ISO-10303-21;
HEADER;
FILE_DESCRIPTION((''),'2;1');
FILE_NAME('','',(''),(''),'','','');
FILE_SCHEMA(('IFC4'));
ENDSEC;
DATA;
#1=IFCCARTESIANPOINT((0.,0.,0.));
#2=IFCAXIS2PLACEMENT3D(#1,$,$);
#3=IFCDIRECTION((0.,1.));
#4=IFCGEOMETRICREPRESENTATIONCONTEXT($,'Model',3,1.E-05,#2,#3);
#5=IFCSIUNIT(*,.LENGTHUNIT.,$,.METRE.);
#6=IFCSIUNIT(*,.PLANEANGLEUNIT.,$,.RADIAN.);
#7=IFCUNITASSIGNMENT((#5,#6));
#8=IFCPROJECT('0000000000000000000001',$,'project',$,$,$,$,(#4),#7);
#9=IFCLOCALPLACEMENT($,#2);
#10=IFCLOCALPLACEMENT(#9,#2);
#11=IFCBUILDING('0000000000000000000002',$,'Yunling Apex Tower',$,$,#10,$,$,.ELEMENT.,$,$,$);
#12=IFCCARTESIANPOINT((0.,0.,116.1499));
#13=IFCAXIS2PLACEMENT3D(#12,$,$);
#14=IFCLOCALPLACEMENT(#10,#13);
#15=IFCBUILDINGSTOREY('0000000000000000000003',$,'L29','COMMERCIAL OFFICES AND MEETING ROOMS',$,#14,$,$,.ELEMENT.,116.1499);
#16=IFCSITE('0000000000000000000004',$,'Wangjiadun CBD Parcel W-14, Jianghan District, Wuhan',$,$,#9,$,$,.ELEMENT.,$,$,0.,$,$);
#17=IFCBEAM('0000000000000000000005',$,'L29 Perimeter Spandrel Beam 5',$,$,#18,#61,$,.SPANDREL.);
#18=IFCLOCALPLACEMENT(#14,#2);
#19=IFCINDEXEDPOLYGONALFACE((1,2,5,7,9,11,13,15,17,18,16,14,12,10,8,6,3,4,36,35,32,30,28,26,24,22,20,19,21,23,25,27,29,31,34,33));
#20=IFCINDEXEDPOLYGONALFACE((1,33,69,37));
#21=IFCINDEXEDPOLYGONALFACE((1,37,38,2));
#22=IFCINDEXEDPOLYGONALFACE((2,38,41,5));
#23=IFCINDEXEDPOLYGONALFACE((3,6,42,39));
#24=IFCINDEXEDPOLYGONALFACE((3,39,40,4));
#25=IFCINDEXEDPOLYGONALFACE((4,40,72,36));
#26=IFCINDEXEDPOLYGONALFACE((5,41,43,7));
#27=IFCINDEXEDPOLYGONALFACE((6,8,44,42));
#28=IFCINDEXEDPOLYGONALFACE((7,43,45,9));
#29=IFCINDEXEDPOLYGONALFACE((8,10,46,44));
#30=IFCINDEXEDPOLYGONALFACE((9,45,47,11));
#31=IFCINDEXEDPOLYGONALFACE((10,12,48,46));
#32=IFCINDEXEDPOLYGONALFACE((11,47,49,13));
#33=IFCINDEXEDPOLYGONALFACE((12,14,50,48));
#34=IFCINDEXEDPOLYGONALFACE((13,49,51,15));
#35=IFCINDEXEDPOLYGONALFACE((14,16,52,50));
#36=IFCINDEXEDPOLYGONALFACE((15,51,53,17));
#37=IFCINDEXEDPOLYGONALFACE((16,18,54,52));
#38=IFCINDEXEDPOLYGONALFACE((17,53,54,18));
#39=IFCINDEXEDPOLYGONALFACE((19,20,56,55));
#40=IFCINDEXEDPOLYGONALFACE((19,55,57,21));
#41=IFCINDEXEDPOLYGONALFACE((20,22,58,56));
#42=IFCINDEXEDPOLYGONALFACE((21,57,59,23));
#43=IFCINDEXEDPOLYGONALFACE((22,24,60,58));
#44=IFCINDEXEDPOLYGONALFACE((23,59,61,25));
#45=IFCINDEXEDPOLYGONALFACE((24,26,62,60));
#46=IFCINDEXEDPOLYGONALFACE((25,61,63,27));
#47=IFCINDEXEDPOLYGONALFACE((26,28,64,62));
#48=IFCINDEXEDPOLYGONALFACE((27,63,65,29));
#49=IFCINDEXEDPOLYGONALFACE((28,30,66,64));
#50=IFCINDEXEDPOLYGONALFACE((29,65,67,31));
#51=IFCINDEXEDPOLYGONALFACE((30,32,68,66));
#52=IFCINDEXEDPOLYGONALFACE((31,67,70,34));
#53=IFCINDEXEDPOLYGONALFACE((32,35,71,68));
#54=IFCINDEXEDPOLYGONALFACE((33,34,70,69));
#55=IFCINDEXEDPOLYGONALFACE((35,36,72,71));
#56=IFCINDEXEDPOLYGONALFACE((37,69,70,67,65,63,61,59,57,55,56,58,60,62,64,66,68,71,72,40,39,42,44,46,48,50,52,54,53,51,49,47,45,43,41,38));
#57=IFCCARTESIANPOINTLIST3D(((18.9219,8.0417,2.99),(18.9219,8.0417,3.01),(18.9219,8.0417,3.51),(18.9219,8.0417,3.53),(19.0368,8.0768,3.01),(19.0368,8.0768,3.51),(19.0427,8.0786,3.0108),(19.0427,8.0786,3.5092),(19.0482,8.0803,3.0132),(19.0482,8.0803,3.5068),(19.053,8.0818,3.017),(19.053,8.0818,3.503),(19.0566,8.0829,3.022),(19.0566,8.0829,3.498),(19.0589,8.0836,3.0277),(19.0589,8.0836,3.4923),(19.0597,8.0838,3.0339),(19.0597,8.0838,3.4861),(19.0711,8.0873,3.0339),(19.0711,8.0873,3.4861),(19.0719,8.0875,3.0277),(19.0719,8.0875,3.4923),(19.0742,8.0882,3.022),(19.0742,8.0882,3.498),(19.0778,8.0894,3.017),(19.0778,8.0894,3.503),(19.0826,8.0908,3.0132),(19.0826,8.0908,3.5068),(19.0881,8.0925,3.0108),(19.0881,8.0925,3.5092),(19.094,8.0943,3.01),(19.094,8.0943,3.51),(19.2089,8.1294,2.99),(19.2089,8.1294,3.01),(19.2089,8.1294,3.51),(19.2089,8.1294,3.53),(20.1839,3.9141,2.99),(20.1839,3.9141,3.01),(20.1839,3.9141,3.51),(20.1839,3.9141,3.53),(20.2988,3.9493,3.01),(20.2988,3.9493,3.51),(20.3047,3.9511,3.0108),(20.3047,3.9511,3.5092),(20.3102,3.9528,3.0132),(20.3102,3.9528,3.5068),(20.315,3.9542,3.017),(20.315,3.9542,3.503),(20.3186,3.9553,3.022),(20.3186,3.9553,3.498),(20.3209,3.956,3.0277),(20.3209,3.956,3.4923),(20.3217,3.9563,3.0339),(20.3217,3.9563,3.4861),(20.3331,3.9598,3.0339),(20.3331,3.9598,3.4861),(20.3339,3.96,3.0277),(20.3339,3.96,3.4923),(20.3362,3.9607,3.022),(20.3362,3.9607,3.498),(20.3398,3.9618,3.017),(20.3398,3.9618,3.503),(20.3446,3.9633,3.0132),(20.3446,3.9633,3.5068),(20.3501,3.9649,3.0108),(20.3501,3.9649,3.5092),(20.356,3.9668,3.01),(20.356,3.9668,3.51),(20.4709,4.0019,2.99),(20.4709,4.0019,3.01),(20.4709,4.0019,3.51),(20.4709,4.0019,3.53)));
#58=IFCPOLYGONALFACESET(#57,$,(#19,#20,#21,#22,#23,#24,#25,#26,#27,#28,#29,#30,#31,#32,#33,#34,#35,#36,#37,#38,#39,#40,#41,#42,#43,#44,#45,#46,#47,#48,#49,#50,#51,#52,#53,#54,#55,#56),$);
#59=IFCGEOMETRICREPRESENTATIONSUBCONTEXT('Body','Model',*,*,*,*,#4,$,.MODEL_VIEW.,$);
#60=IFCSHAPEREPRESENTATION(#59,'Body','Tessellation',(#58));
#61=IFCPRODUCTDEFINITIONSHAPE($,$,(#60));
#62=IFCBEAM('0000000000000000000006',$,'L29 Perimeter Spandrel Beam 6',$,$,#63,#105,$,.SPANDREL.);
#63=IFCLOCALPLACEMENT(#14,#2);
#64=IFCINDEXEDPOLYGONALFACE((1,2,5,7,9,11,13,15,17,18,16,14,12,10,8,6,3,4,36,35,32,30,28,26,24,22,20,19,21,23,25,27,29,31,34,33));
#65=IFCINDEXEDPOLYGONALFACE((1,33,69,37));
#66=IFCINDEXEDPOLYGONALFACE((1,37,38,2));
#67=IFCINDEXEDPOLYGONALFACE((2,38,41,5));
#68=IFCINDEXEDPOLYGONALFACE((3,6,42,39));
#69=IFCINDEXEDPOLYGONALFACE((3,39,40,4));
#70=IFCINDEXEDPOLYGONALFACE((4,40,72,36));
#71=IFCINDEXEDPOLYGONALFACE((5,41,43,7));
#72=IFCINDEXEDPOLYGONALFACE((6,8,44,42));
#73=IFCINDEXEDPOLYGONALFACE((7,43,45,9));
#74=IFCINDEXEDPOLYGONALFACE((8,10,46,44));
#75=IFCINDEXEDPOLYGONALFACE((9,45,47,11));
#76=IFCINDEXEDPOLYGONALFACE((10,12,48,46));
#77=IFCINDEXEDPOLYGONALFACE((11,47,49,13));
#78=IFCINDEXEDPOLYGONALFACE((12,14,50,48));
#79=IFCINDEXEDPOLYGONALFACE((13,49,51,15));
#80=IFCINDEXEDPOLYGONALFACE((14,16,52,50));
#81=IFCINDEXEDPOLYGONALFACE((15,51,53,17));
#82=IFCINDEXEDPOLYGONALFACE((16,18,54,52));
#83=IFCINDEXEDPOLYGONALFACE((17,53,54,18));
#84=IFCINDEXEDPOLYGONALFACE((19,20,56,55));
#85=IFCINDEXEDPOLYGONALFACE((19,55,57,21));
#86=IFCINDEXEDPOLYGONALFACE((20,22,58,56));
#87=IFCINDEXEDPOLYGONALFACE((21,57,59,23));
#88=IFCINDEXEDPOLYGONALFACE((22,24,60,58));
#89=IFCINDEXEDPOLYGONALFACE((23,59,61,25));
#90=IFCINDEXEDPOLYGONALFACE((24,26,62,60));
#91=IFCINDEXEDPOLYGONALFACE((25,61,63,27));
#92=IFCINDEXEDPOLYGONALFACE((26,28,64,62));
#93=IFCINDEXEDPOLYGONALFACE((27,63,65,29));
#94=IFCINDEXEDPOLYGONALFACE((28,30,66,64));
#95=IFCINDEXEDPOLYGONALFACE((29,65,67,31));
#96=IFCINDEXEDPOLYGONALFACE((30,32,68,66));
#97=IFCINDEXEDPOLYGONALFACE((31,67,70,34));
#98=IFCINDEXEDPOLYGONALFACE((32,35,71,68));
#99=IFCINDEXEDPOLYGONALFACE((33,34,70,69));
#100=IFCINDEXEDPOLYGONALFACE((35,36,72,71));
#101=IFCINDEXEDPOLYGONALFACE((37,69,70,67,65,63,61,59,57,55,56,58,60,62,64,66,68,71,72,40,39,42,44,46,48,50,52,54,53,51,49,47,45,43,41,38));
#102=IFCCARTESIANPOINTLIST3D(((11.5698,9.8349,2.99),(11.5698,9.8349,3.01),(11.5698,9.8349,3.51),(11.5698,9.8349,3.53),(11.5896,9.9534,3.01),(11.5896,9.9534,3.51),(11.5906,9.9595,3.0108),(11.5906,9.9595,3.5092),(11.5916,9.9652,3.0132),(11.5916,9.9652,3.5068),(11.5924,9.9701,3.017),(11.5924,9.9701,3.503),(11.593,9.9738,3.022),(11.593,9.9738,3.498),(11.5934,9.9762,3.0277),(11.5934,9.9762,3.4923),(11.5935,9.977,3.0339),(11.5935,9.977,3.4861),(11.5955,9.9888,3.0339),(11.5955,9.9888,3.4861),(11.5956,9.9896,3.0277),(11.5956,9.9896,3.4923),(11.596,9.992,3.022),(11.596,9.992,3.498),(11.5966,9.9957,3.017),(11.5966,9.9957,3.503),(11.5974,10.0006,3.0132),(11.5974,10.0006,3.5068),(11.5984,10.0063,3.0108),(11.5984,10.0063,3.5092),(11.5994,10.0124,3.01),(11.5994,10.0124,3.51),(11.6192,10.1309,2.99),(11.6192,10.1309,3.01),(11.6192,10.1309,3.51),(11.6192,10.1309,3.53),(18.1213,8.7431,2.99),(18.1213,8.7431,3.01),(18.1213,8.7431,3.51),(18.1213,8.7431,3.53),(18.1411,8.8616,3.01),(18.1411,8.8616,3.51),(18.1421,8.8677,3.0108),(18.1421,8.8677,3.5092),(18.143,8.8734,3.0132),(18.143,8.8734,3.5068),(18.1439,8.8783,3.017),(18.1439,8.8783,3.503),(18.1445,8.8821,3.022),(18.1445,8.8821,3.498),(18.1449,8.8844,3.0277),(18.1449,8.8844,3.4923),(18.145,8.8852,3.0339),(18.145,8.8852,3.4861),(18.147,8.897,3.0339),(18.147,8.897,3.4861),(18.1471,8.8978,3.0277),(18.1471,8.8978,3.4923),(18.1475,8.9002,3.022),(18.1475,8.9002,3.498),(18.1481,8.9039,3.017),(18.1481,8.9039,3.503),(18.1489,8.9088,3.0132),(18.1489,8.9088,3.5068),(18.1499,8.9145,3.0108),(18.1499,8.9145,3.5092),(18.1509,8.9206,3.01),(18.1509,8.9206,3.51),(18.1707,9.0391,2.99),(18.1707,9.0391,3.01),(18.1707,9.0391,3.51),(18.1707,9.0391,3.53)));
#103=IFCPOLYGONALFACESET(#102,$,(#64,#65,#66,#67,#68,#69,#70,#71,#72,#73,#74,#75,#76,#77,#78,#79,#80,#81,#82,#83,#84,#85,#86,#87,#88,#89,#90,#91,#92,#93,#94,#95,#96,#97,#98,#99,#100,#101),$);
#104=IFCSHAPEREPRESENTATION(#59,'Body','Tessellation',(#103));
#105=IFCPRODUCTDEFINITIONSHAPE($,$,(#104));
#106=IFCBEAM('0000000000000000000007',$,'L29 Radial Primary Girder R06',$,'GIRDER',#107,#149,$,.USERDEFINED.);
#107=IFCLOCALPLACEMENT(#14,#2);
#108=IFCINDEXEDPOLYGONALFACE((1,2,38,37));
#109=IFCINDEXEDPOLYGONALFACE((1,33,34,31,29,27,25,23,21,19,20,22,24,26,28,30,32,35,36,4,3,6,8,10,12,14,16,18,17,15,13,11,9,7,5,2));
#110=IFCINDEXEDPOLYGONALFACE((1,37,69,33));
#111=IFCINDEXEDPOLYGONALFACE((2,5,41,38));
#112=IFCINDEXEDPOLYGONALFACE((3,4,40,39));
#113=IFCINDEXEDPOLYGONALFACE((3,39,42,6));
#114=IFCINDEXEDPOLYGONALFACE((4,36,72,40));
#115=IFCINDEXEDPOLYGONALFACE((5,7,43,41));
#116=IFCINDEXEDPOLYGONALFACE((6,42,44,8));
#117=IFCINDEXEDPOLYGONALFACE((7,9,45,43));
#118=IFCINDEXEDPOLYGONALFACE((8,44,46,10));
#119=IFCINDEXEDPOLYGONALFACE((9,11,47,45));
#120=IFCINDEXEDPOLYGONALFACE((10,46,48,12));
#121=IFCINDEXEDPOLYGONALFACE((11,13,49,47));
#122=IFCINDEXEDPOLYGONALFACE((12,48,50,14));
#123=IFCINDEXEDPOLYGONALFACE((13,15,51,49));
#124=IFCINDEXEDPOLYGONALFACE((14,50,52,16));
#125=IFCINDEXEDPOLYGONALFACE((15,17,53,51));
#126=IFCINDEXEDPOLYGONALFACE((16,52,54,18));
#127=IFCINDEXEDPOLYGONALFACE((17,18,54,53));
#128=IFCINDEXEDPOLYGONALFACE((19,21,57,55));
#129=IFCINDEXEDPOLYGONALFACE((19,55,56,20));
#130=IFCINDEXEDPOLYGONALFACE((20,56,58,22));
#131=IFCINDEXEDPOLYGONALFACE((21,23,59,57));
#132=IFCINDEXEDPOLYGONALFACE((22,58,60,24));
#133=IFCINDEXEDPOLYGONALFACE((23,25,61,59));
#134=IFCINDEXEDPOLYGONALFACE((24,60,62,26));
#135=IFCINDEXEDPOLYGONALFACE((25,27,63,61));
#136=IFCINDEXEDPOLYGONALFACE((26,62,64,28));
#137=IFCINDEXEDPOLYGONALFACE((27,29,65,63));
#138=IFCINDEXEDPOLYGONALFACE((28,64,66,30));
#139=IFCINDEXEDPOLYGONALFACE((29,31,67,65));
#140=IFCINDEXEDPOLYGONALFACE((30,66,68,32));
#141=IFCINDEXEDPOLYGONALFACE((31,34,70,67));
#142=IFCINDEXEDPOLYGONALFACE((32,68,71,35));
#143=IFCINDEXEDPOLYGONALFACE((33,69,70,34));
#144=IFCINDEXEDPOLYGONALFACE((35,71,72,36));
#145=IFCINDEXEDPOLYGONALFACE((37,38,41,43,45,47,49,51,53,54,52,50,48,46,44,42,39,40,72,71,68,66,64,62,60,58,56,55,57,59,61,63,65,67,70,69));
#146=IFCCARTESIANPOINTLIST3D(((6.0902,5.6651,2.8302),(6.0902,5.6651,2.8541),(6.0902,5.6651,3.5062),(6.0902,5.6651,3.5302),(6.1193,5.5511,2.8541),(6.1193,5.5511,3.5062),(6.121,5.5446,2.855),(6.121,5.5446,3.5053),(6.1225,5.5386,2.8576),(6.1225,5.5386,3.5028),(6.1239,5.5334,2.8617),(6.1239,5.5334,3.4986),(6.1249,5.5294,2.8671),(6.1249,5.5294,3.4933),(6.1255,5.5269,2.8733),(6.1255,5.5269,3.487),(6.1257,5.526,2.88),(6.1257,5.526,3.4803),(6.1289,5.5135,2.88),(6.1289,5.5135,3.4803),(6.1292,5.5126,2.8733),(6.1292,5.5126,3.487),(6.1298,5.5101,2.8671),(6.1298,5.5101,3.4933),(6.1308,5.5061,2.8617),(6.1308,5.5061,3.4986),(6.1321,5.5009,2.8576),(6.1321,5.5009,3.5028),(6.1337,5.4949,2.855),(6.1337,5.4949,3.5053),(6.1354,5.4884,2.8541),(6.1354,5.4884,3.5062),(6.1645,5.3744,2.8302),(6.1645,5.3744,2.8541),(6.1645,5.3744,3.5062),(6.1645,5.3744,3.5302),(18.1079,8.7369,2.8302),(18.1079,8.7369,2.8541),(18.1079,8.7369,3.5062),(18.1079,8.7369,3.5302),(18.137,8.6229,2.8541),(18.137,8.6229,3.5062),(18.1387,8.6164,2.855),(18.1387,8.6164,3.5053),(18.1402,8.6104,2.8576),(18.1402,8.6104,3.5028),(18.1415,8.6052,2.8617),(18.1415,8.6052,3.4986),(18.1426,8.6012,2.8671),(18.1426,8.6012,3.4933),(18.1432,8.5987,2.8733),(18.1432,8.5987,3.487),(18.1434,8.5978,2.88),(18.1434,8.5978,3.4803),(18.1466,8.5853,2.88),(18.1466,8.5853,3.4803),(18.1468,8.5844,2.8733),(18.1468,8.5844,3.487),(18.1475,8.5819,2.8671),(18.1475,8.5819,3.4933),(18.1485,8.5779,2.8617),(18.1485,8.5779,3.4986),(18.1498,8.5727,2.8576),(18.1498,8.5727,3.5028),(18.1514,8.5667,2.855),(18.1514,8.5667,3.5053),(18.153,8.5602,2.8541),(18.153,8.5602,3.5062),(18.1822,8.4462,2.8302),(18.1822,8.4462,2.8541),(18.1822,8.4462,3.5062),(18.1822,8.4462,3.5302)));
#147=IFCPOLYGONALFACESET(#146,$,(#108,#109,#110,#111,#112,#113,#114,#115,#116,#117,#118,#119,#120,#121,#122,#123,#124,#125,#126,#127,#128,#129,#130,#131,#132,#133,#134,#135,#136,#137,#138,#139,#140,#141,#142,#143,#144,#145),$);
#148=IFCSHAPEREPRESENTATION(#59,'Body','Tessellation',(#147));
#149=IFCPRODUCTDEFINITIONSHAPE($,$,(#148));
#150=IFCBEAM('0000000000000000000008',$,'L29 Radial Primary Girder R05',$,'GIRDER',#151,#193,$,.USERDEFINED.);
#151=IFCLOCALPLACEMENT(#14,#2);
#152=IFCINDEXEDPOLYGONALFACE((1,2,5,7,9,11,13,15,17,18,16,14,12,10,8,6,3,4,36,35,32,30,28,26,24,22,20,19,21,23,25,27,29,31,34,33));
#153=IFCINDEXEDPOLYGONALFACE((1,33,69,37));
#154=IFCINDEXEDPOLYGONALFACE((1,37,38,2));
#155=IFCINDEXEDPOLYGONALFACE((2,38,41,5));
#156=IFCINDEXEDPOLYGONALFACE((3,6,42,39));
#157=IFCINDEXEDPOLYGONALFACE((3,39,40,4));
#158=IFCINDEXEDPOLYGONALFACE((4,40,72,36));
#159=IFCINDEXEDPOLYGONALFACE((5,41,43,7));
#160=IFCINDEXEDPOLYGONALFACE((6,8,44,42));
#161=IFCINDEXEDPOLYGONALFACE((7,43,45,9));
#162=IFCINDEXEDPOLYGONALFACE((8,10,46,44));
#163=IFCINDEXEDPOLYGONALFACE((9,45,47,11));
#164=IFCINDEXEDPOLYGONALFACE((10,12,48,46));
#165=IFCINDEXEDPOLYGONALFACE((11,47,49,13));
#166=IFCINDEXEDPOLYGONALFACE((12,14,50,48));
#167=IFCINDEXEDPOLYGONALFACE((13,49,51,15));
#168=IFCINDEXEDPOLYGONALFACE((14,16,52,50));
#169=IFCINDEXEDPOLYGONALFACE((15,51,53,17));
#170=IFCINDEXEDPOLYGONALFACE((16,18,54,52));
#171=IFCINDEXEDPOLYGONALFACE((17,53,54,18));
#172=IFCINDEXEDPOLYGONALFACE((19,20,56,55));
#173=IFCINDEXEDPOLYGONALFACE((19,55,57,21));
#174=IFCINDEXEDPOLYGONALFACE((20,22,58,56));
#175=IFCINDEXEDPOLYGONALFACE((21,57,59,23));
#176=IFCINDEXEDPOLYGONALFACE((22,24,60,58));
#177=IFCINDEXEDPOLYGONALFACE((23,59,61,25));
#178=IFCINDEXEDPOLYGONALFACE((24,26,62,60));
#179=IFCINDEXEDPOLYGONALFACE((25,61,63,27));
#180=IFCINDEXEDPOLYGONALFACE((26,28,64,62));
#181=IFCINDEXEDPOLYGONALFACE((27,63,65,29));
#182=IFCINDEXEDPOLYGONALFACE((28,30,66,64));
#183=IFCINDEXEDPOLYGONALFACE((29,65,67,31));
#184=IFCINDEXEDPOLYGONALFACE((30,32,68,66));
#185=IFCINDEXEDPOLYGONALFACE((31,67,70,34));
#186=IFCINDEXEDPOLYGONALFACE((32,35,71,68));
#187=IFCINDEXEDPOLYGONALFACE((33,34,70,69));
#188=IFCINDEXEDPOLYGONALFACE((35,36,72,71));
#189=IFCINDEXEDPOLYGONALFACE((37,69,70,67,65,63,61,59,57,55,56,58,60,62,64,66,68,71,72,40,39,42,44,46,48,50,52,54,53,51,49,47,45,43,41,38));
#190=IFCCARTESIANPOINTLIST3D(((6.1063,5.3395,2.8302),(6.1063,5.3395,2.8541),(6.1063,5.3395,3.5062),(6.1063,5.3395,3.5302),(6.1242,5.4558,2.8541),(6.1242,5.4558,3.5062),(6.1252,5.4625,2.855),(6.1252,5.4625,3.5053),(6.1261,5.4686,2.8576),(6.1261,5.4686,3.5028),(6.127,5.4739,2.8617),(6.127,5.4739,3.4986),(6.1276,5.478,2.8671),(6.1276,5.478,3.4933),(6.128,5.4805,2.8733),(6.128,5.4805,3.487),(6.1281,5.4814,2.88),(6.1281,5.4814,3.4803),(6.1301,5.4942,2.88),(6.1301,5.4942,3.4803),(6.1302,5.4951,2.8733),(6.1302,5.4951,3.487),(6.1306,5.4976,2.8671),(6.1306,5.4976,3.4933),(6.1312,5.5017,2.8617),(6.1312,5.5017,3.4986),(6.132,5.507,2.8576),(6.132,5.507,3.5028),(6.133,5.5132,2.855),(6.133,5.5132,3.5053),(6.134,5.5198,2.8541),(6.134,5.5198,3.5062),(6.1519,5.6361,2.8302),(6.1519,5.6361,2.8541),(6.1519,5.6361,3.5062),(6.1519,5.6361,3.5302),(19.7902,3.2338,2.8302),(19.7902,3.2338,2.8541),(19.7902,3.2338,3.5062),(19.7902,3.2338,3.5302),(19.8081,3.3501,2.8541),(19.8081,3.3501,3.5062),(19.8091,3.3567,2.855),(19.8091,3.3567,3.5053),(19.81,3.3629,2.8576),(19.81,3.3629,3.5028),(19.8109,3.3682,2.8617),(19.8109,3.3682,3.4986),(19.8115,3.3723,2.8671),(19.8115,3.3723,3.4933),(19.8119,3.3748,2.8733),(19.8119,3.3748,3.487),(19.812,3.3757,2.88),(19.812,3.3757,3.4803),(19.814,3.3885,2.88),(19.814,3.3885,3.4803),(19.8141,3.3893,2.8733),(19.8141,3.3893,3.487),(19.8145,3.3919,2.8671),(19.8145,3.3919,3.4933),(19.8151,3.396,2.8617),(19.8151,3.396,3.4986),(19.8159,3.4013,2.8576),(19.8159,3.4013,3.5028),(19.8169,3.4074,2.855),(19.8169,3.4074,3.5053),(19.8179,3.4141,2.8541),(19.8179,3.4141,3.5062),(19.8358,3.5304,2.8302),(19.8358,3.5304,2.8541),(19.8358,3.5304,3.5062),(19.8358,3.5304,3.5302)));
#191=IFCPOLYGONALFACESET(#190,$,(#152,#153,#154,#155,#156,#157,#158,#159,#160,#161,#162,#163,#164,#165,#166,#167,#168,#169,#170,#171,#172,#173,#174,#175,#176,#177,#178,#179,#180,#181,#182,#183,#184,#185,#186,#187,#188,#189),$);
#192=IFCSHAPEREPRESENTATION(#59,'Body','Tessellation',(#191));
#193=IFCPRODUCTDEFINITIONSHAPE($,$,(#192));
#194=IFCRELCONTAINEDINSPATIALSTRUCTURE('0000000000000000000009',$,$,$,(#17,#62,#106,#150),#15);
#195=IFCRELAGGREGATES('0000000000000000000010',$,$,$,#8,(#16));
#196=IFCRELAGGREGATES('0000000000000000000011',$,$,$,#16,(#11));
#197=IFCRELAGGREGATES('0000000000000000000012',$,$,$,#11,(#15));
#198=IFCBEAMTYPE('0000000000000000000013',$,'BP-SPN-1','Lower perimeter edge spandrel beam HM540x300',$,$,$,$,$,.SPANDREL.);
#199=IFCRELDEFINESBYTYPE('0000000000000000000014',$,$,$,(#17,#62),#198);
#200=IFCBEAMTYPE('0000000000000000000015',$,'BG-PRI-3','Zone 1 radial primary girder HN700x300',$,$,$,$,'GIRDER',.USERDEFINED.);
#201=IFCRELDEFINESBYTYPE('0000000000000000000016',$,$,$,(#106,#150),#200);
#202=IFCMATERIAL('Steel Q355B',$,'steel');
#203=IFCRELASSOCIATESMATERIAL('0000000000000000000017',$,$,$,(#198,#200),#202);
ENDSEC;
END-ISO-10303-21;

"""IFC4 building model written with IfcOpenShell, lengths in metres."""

from ifc_helpers import new_model, si_unit, direction, frame, origin, origin_2d, place, context, subcontext, project, spatial, i_section, extrude, source, transform, mapped, material, material_profile, profile_set, type_object, element, save


model = new_model("IFC4")

# Units and contexts
model_context = context("Model", 3, precision=1e-05, world=origin(), true_north=direction((0.0, 1.0)))
body_context = subcontext(model_context, "Body", "Model", "MODEL_VIEW")
ifc_project = project(units=[si_unit("LENGTHUNIT", "METRE"), si_unit("PLANEANGLEUNIT", "RADIAN")], contexts=[model_context])

# Site, building, storey
site_placement = place(None, origin())
site = spatial("IfcSite", under=ifc_project, at=site_placement, Name="Wangjiadun CBD Parcel W-14, Jianghan District, Wuhan", CompositionType="ELEMENT", RefElevation=0.0)
building_placement = place(site_placement, origin())
building = spatial("IfcBuilding", under=site, at=building_placement, Name="Yunling Apex Tower", CompositionType="ELEMENT")
storey_placement = place(building_placement, frame((0.0, 0.0, 116.1499)))
storey = spatial("IfcBuildingStorey", under=building, at=storey_placement, Name="L29", Description="COMMERCIAL OFFICES AND MEETING ROOMS", CompositionType="ELEMENT", Elevation=116.1499)

# Beams
ifc_material_1 = material(Name="Steel Q355B", Category="steel")
ifc_material_profile_1 = material_profile(ifc_material_1, i_section(OverallWidth=0.3, OverallDepth=0.54, WebThickness=0.012, FlangeThickness=0.02, FilletRadius=0.0239, at=origin_2d()))
ifc_profile_set_1 = profile_set([ifc_material_profile_1], Name="Steel Q355B")
beam_type_1 = type_object("IfcBeamType", Name="BP-SPN-1", Description="Lower perimeter edge spandrel beam HM540x300", PredefinedType="SPANDREL", material=ifc_profile_set_1)
shared_shape_1 = source(origin(), body_context, "Body", "SweptSolid", [
    extrude(i_section(OverallWidth=0.3, OverallDepth=0.54, WebThickness=0.012, FlangeThickness=0.02, FilletRadius=0.0239, at=origin_2d()), origin(), (0.0, 0.0, 1.0), 4.3162),
])
beam_1_placement = place(storey_placement, frame((20.3274, 3.958, 3.26), z_axis=(-0.292388, 0.9563, 0.0), x_axis=(-0.9563, -0.292388, 0.0)))
element("IfcBeam", 1, at=beam_1_placement, inside=storey, type_object=beam_type_1, Name="L29 Perimeter Spandrel Beam 5", PredefinedType="SPANDREL", context=body_context, shape_type="MappedRepresentation", body=[
    mapped(shared_shape_1, transform((0.0, 0.0, 0.0), scale=1.0)),
])
shared_shape_2 = source(origin(), body_context, "Body", "SweptSolid", [
    extrude(i_section(OverallWidth=0.3, OverallDepth=0.54, WebThickness=0.012, FlangeThickness=0.02, FilletRadius=0.0239, at=origin_2d()), origin(), (0.0, 0.0, 1.0), 6.6418),
])
beam_2_placement = place(storey_placement, frame((18.146, 8.8911, 3.26), z_axis=(-0.986397, 0.164381, 0.0), x_axis=(-0.164381, -0.986397, 0.0)))
element("IfcBeam", 2, at=beam_2_placement, inside=storey, type_object=beam_type_1, Name="L29 Perimeter Spandrel Beam 6", PredefinedType="SPANDREL", context=body_context, shape_type="MappedRepresentation", body=[
    mapped(shared_shape_2, transform((0.0, 0.0, 0.0), scale=1.0)),
])
ifc_material_profile_2 = material_profile(ifc_material_1, i_section(OverallWidth=0.3, OverallDepth=0.7, WebThickness=0.0129, FlangeThickness=0.0239, FilletRadius=0.0259, at=origin_2d()))
ifc_profile_set_2 = profile_set([ifc_material_profile_2], Name="Steel Q355B")
beam_type_2 = type_object("IfcBeamType", Name="BG-PRI-3", Description="Zone 1 radial primary girder HN700x300", ElementType="GIRDER", PredefinedType="USERDEFINED", material=ifc_profile_set_2)
shared_shape_3 = source(origin(), body_context, "Body", "SweptSolid", [
    extrude(i_section(OverallWidth=0.3, OverallDepth=0.7, WebThickness=0.0129, FlangeThickness=0.0239, FilletRadius=0.0259, at=origin_2d()), origin(), (0.0, 0.0, 1.0), 12.4041),
])
beam_3_placement = place(storey_placement, frame((18.145, 8.5916, 3.1802), z_axis=(-0.968851, -0.247645, 0.0), x_axis=(0.247645, -0.968851, 0.0)))
element("IfcBeam", 3, at=beam_3_placement, inside=storey, type_object=beam_type_2, Name="L29 Radial Primary Girder R06", ObjectType="GIRDER", PredefinedType="USERDEFINED", context=body_context, shape_type="MappedRepresentation", body=[
    mapped(shared_shape_3, transform((0.0, 0.0, 0.0), scale=1.0)),
])
shared_shape_4 = source(origin(), body_context, "Body", "SweptSolid", [
    extrude(i_section(OverallWidth=0.3, OverallDepth=0.7, WebThickness=0.0129, FlangeThickness=0.0239, FilletRadius=0.0259, at=origin_2d()), origin(), (0.0, 0.0, 1.0), 13.845),
])
beam_4_placement = place(storey_placement, frame((19.813, 3.3821, 3.1802), z_axis=(-0.988366, 0.152093, 0.0), x_axis=(-0.152093, -0.988366, 0.0)))
element("IfcBeam", 4, at=beam_4_placement, inside=storey, type_object=beam_type_2, Name="L29 Radial Primary Girder R05", ObjectType="GIRDER", PredefinedType="USERDEFINED", context=body_context, shape_type="MappedRepresentation", body=[
    mapped(shared_shape_4, transform((0.0, 0.0, 0.0), scale=1.0)),
])

save(model, "model.ifc")
